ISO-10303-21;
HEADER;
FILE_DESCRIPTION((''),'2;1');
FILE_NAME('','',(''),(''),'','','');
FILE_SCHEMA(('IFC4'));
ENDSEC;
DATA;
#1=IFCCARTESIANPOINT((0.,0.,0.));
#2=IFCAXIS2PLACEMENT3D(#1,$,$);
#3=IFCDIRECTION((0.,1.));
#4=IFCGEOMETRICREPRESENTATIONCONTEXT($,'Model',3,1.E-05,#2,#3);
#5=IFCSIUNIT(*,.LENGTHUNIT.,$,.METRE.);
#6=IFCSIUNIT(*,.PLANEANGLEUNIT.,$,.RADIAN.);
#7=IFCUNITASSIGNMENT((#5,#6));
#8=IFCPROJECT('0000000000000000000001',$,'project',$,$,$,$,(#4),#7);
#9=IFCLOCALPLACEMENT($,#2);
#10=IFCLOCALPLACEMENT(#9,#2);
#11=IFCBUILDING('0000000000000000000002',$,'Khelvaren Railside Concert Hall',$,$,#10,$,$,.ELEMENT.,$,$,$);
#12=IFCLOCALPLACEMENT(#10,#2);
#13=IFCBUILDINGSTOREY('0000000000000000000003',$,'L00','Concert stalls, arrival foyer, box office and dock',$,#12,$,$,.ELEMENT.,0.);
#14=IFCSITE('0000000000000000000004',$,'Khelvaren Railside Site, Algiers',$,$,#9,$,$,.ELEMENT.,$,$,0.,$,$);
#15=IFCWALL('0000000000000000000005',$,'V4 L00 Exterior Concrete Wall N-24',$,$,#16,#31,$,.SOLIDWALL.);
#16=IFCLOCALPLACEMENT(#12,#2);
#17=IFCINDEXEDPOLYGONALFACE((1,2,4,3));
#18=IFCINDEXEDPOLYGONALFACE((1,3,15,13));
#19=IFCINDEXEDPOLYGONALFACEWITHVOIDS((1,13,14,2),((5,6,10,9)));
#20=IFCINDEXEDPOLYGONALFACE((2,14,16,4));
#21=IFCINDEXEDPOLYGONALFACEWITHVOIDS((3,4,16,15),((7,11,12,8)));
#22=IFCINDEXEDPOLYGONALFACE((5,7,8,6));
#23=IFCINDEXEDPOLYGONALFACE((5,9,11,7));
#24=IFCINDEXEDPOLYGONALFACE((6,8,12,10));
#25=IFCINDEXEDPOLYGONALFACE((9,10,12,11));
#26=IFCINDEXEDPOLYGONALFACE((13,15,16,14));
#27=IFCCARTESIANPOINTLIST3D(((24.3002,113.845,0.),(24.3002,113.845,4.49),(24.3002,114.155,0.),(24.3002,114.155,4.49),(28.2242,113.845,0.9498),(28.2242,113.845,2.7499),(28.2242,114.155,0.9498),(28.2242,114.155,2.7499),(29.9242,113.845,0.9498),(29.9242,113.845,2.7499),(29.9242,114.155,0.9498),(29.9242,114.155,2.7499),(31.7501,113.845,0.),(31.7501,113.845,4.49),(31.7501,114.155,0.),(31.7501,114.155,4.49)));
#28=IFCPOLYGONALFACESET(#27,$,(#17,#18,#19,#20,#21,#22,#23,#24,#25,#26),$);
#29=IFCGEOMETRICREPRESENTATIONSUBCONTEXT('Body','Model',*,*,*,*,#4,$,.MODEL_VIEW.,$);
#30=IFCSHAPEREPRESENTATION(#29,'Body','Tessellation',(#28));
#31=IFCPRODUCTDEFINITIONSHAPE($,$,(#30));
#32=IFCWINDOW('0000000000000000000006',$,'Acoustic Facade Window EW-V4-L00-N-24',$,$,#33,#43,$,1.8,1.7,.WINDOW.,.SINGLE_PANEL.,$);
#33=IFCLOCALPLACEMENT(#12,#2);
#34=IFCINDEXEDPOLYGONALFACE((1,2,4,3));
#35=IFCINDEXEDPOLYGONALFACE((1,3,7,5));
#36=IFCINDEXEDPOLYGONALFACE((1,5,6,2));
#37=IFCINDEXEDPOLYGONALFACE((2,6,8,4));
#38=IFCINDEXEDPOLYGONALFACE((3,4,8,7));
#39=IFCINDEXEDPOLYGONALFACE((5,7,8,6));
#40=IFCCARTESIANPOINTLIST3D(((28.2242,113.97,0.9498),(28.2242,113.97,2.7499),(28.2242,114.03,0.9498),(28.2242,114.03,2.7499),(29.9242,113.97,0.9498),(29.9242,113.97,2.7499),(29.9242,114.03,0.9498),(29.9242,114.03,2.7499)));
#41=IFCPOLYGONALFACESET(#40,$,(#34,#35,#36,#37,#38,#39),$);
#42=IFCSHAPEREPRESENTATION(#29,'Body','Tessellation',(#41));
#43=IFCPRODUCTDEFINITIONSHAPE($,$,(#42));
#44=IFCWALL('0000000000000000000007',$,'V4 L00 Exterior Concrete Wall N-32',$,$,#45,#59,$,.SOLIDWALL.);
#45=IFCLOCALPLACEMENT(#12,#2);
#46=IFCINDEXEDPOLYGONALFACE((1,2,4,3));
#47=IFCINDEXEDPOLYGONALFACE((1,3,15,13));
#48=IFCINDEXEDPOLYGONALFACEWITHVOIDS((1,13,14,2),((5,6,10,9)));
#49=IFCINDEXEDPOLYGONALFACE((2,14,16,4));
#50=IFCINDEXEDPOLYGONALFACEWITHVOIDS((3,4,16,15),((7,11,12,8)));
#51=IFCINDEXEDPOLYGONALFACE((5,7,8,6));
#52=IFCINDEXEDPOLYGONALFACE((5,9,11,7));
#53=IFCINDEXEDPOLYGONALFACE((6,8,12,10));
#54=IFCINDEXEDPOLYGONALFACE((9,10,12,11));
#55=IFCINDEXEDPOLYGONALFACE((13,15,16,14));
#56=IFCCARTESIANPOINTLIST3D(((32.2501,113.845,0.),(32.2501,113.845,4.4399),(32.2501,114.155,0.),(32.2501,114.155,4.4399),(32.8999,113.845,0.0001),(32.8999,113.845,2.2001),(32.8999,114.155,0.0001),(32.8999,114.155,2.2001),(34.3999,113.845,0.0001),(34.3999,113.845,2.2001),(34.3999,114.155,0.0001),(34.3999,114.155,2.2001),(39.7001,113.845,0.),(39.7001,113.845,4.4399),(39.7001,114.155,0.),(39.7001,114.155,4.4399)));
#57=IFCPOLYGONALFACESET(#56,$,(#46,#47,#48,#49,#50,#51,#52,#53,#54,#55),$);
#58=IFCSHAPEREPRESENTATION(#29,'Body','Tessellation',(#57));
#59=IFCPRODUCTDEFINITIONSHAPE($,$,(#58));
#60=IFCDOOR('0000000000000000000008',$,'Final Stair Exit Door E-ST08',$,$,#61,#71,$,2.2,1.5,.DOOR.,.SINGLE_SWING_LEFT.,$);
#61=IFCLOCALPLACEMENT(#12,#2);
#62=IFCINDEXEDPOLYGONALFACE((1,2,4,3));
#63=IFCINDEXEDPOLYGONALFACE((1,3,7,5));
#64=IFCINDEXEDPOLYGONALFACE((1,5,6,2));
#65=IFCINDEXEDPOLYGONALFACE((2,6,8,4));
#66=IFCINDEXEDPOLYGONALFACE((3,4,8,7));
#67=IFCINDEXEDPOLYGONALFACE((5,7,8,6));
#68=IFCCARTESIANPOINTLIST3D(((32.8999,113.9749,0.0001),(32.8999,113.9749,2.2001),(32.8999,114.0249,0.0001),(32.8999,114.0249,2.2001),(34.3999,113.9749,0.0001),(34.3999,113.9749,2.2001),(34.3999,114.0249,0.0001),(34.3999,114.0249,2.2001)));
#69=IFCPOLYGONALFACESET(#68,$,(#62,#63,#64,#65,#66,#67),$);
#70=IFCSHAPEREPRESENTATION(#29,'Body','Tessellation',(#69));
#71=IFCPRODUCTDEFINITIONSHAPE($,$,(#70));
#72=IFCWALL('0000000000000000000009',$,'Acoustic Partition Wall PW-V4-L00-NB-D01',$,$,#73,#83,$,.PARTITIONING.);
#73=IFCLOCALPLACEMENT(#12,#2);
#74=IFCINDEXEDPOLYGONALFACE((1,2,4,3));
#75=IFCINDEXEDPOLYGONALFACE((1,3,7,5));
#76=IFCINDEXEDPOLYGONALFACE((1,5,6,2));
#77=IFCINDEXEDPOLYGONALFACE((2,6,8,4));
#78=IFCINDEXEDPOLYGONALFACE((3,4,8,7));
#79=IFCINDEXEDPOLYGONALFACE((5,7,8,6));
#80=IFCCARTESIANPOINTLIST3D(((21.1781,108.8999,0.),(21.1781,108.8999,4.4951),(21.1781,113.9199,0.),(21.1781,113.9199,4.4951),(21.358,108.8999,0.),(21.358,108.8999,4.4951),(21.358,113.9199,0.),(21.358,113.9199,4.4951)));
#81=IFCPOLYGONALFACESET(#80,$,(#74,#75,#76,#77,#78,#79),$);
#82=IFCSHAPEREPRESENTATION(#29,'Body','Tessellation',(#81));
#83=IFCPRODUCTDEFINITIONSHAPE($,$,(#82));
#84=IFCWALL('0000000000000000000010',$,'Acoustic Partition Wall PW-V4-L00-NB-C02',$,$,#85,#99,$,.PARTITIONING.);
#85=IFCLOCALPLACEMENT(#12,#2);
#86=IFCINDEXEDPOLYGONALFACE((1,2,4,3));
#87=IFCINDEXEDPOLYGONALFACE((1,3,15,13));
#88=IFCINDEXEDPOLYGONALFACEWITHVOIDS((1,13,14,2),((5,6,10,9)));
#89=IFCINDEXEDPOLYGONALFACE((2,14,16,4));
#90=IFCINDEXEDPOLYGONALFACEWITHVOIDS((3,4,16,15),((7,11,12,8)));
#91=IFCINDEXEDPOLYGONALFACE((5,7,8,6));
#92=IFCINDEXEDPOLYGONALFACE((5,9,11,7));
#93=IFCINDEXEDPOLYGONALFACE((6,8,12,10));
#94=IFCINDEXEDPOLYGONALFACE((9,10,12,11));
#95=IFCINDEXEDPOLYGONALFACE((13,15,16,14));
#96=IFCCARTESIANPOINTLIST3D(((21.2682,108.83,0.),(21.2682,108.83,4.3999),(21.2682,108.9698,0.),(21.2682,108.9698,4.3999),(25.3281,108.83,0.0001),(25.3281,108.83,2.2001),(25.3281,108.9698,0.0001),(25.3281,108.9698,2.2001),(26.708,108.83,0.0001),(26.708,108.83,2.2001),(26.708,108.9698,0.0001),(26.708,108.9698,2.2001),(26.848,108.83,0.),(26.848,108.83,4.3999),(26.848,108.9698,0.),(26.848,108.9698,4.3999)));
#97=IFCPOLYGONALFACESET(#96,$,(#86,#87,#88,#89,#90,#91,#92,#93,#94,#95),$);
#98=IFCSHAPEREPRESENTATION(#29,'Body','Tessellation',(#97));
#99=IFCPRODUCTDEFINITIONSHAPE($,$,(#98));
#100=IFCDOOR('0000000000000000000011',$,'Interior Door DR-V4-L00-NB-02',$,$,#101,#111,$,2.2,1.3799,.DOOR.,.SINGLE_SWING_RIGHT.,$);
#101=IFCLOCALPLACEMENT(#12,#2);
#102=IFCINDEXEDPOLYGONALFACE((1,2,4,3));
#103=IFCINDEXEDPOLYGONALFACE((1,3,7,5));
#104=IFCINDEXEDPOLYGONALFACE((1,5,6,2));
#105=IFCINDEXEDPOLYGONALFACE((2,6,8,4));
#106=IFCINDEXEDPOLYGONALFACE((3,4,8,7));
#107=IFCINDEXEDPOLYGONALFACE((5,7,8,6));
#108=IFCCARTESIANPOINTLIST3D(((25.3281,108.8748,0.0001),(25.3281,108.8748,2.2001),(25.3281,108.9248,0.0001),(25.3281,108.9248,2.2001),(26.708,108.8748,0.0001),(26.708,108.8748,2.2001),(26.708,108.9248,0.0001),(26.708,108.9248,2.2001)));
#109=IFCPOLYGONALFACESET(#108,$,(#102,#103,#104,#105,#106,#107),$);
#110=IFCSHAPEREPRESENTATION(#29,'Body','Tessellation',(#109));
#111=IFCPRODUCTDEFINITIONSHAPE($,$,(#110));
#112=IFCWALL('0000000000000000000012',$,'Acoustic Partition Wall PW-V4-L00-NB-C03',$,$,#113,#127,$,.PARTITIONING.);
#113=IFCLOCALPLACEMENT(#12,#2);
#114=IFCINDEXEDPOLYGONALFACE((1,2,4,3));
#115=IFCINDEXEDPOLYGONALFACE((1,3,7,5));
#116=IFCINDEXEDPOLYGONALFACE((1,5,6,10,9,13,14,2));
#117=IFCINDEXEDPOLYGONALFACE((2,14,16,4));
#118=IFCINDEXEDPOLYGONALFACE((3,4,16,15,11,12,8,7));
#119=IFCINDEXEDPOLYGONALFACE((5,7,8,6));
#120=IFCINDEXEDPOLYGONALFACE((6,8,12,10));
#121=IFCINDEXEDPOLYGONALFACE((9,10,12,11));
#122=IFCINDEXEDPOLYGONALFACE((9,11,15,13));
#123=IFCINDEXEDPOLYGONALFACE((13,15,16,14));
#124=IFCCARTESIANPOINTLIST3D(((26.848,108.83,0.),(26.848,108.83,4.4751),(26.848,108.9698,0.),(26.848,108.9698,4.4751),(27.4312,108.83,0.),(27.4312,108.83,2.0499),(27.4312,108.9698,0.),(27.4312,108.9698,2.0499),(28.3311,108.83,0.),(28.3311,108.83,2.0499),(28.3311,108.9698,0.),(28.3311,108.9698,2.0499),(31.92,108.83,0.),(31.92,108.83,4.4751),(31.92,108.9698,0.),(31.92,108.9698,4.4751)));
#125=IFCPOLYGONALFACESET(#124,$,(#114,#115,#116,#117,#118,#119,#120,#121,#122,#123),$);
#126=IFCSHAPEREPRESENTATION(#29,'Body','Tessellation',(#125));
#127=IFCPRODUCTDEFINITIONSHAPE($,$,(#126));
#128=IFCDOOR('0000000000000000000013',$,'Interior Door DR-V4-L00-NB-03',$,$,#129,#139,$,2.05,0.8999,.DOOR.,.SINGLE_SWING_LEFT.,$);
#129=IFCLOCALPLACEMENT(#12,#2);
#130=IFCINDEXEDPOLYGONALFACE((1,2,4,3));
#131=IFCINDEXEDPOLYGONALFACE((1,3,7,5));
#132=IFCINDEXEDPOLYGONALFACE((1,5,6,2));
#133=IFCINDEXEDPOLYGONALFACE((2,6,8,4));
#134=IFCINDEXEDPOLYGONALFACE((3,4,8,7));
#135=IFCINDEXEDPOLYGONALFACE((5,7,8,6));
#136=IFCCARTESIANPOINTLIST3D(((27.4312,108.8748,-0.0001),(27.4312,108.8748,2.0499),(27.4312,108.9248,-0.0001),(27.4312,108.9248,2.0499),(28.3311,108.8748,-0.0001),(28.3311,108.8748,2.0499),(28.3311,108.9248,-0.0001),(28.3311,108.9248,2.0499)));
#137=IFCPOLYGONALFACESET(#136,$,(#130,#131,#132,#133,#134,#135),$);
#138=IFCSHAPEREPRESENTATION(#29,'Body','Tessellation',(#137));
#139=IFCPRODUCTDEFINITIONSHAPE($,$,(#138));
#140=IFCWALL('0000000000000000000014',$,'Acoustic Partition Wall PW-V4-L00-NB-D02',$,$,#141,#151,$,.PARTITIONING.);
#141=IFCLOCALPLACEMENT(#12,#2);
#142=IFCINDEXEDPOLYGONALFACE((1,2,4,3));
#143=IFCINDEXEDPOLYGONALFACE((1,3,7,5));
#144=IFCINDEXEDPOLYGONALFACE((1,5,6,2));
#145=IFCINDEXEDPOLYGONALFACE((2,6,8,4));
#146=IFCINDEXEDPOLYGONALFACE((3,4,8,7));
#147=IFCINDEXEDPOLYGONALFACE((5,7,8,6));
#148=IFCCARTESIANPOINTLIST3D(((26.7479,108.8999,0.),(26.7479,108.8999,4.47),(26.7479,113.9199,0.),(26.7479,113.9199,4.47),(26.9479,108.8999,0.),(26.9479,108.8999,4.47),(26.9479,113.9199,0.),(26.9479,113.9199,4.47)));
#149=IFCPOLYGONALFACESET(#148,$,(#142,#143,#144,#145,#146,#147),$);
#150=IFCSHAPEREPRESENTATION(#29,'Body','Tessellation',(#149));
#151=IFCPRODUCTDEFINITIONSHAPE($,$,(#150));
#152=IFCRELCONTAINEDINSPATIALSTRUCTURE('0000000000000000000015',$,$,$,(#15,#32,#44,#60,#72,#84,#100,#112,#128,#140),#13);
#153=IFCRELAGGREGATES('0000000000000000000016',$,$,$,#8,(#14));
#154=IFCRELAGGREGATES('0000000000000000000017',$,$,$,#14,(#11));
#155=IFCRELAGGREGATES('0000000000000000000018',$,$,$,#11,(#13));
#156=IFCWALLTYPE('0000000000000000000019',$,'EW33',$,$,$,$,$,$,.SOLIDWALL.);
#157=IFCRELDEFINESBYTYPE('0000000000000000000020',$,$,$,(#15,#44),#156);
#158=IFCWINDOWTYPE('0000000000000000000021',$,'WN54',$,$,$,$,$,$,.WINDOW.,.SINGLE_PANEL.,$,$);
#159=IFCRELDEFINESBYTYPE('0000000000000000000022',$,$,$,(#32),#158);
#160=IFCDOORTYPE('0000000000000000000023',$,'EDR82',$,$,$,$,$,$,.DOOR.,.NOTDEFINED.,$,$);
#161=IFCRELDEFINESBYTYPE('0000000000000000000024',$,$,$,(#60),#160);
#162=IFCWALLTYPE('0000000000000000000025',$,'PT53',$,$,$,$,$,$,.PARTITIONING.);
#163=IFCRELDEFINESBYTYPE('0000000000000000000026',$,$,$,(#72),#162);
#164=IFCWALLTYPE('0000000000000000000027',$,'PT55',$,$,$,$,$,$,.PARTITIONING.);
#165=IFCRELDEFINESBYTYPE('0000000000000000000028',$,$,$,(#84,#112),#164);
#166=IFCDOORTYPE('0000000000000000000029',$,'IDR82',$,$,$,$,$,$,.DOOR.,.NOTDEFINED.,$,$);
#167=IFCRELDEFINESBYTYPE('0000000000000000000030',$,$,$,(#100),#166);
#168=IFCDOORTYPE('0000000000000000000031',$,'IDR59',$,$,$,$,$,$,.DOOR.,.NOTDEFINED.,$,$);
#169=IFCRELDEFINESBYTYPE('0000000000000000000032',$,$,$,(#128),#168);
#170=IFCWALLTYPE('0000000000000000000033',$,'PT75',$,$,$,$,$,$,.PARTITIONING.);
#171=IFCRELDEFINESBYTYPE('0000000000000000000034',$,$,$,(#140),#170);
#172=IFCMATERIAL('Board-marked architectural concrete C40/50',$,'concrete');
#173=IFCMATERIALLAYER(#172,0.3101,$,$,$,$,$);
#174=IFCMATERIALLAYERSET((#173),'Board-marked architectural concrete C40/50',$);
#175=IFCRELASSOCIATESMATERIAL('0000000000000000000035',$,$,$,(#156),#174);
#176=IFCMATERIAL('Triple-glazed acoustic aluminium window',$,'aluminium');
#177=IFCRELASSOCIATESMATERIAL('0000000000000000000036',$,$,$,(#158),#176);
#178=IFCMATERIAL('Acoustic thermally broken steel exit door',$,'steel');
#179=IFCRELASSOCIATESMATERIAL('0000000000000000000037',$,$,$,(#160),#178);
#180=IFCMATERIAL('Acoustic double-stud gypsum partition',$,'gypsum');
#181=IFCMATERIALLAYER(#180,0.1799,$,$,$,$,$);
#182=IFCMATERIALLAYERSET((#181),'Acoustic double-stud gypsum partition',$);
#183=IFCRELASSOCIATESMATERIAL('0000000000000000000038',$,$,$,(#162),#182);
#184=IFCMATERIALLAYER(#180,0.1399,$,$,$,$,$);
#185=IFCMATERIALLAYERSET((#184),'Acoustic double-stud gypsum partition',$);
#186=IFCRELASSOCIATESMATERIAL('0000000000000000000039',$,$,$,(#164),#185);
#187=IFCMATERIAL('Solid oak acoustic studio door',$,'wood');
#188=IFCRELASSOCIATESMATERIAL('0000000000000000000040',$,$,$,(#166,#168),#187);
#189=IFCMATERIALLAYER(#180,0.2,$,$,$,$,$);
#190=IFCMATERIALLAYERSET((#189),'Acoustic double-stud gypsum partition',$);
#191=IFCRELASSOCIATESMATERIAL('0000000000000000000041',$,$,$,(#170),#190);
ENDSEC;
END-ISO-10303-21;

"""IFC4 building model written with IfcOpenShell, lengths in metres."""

from ifc_helpers import new_model, si_unit, direction, frame, frame_2d, origin, place, context, subcontext, project, spatial, rectangle, extrude, material, layer, layer_set, type_object, element, fill, save


model = new_model("IFC4")

# Units and contexts
model_context = context("Model", 3, precision=1e-05, world=origin(), true_north=direction((0.0, 1.0)))
body_context = subcontext(model_context, "Body", "Model", "MODEL_VIEW")
ifc_project = project(units=[si_unit("LENGTHUNIT", "METRE"), si_unit("PLANEANGLEUNIT", "RADIAN")], contexts=[model_context])

# Site, building, storey
site_placement = place(None, origin())
site = spatial("IfcSite", under=ifc_project, at=site_placement, Name="Khelvaren Railside Site, Algiers", CompositionType="ELEMENT", RefElevation=0.0)
building_placement = place(site_placement, origin())
building = spatial("IfcBuilding", under=site, at=building_placement, Name="Khelvaren Railside Concert Hall", CompositionType="ELEMENT")
storey_placement = place(building_placement, origin())
storey = spatial("IfcBuildingStorey", under=building, at=storey_placement, Name="L00", Description="Concert stalls, arrival foyer, box office and dock", CompositionType="ELEMENT", Elevation=0.0)

# Wall, opening, window
ifc_material_1 = material(Name="Board-marked architectural concrete C40/50", Category="concrete")
ifc_layer_1 = layer(ifc_material_1, 0.3101)
ifc_layer_set_1 = layer_set([ifc_layer_1], Name="Board-marked architectural concrete C40/50")
wall_type_1 = type_object("IfcWallType", Name="EW33", PredefinedType="SOLIDWALL", material=ifc_layer_set_1)
wall_1_placement = place(storey_placement, frame((24.3, 114.0, 0.0), z_axis=(0.0, 0.0, 1.0), x_axis=(1.0, 0.0, 0.0)))
wall_1 = element("IfcWall", 1, at=wall_1_placement, inside=storey, type_object=wall_type_1, Name="V4 L00 Exterior Concrete Wall N-24", PredefinedType="SOLIDWALL", context=body_context, shape_type="SweptSolid", body=[
    extrude(rectangle(XDim=7.45, YDim=0.3101, at=frame_2d((3.7251, 0.0))), origin(), (0.0, 0.0, 1.0), 4.49),
])
opening_1_placement = place(wall_1_placement, frame((3.9241, 0.0, 0.95)))
opening_1 = element("IfcOpeningElement", 2, at=opening_1_placement, cuts=wall_1, PredefinedType="OPENING", context=body_context, shape_type="SweptSolid", body=[
    extrude(rectangle(XDim=1.7, YDim=1.8, at=frame_2d((0.8501, 0.8999))), frame((0.0, 0.165, 0.0), z_axis=(0.0, -1.0, 0.0), x_axis=(1.0, 0.0, 0.0)), (0.0, 0.0, 1.0), 0.3301),
])
ifc_material_2 = material(Name="Triple-glazed acoustic aluminium window", Category="aluminium")
window_type = type_object("IfcWindowType", Name="WN54", PartitioningType="SINGLE_PANEL", PredefinedType="WINDOW", material=ifc_material_2)
window_placement = place(opening_1_placement, origin())
window = element("IfcWindow", 3, at=window_placement, inside=storey, type_object=window_type, Name="Acoustic Facade Window EW-V4-L00-N-24", OverallHeight=1.8, OverallWidth=1.7, PartitioningType="SINGLE_PANEL", PredefinedType="WINDOW", context=body_context, shape_type="SweptSolid", body=[
    extrude(rectangle(XDim=1.7, YDim=1.8, at=frame_2d((0.8501, 0.8999))), frame((0.0, 0.03, 0.0), z_axis=(0.0, -1.0, 0.0), x_axis=(1.0, 0.0, 0.0)), (0.0, 0.0, 1.0), 0.0601),
])
fill(opening_1, window)

# Wall, opening, door
wall_2_placement = place(storey_placement, frame((32.25, 114.0, 0.0), z_axis=(0.0, 0.0, 1.0), x_axis=(1.0, 0.0, 0.0)))
wall_2 = element("IfcWall", 4, at=wall_2_placement, inside=storey, type_object=wall_type_1, Name="V4 L00 Exterior Concrete Wall N-32", PredefinedType="SOLIDWALL", context=body_context, shape_type="SweptSolid", body=[
    extrude(rectangle(XDim=7.45, YDim=0.3101, at=frame_2d((3.7251, 0.0))), origin(), (0.0, 0.0, 1.0), 4.4399),
])
opening_2_placement = place(wall_2_placement, frame((0.6499, 0.0, 0.0)))
opening_2 = element("IfcOpeningElement", 5, at=opening_2_placement, cuts=wall_2, PredefinedType="OPENING", context=body_context, shape_type="SweptSolid", body=[
    extrude(rectangle(XDim=1.5, YDim=2.2, at=frame_2d((0.75, 1.1001))), frame((0.0, 0.165, 0.0), z_axis=(0.0, -1.0, 0.0), x_axis=(1.0, 0.0, 0.0)), (0.0, 0.0, 1.0), 0.3301),
])
ifc_material_3 = material(Name="Acoustic thermally broken steel exit door", Category="steel")
door_type_1 = type_object("IfcDoorType", Name="EDR82", OperationType="NOTDEFINED", PredefinedType="DOOR", material=ifc_material_3)
door_1_placement = place(opening_2_placement, origin())
door_1 = element("IfcDoor", 6, at=door_1_placement, inside=storey, type_object=door_type_1, Name="Final Stair Exit Door E-ST08", OperationType="SINGLE_SWING_LEFT", OverallHeight=2.2, OverallWidth=1.5, PredefinedType="DOOR", context=body_context, shape_type="SweptSolid", body=[
    extrude(rectangle(XDim=1.5, YDim=2.2, at=frame_2d((0.75, 1.1001))), frame((0.0, 0.0249, 0.0), z_axis=(0.0, -1.0, 0.0), x_axis=(1.0, 0.0, 0.0)), (0.0, 0.0, 1.0), 0.05),
])
fill(opening_2, door_1)

# Wall
ifc_material_4 = material(Name="Acoustic double-stud gypsum partition", Category="gypsum")
ifc_layer_2 = layer(ifc_material_4, 0.1799)
ifc_layer_set_2 = layer_set([ifc_layer_2], Name="Acoustic double-stud gypsum partition")
wall_type_2 = type_object("IfcWallType", Name="PT53", PredefinedType="PARTITIONING", material=ifc_layer_set_2)
wall_3_placement = place(storey_placement, frame((21.2681, 108.8999, 0.0), z_axis=(0.0, 0.0, 1.0), x_axis=(0.0, 1.0, 0.0)))
element("IfcWall", 7, at=wall_3_placement, inside=storey, type_object=wall_type_2, Name="Acoustic Partition Wall PW-V4-L00-NB-D01", PredefinedType="PARTITIONING", context=body_context, shape_type="SweptSolid", body=[
    extrude(rectangle(XDim=5.02, YDim=0.1799, at=frame_2d((2.51, 0.0))), origin(), (0.0, 0.0, 1.0), 4.4951),
])

# Walls, openings, doors
ifc_layer_3 = layer(ifc_material_4, 0.1399)
ifc_layer_set_3 = layer_set([ifc_layer_3], Name="Acoustic double-stud gypsum partition")
wall_type_3 = type_object("IfcWallType", Name="PT55", PredefinedType="PARTITIONING", material=ifc_layer_set_3)
wall_4_placement = place(storey_placement, frame((21.2681, 108.8999, 0.0), z_axis=(0.0, 0.0, 1.0), x_axis=(1.0, 0.0, 0.0)))
wall_4 = element("IfcWall", 8, at=wall_4_placement, inside=storey, type_object=wall_type_3, Name="Acoustic Partition Wall PW-V4-L00-NB-C02", PredefinedType="PARTITIONING", context=body_context, shape_type="SweptSolid", body=[
    extrude(rectangle(XDim=5.5798, YDim=0.1399, at=frame_2d((2.79, 0.0))), origin(), (0.0, 0.0, 1.0), 4.3999),
])
opening_3_placement = place(wall_4_placement, frame((4.0601, 0.0, 0.0)))
opening_3 = element("IfcOpeningElement", 9, at=opening_3_placement, cuts=wall_4, PredefinedType="OPENING", context=body_context, shape_type="SweptSolid", body=[
    extrude(rectangle(XDim=1.3799, YDim=2.2, at=frame_2d((0.6899, 1.1001))), frame((0.0, 0.0798, 0.0), z_axis=(0.0, -1.0, 0.0), x_axis=(1.0, 0.0, 0.0)), (0.0, 0.0, 1.0), 0.1599),
])
ifc_material_5 = material(Name="Solid oak acoustic studio door", Category="wood")
door_type_2 = type_object("IfcDoorType", Name="IDR82", OperationType="NOTDEFINED", PredefinedType="DOOR", material=ifc_material_5)
door_2_placement = place(opening_3_placement, origin())
door_2 = element("IfcDoor", 10, at=door_2_placement, inside=storey, type_object=door_type_2, Name="Interior Door DR-V4-L00-NB-02", OperationType="SINGLE_SWING_RIGHT", OverallHeight=2.2, OverallWidth=1.3799, PredefinedType="DOOR", context=body_context, shape_type="SweptSolid", body=[
    extrude(rectangle(XDim=1.3799, YDim=2.2, at=frame_2d((0.6899, 1.1001))), frame((0.0, 0.0249, 0.0), z_axis=(0.0, -1.0, 0.0), x_axis=(1.0, 0.0, 0.0)), (0.0, 0.0, 1.0), 0.05),
])
fill(opening_3, door_2)
wall_5_placement = place(storey_placement, frame((26.8479, 108.8999, 0.0), z_axis=(0.0, 0.0, 1.0), x_axis=(1.0, 0.0, 0.0)))
wall_5 = element("IfcWall", 11, at=wall_5_placement, inside=storey, type_object=wall_type_3, Name="Acoustic Partition Wall PW-V4-L00-NB-C03", PredefinedType="PARTITIONING", context=body_context, shape_type="SweptSolid", body=[
    extrude(rectangle(XDim=5.072, YDim=0.1399, at=frame_2d((2.5361, 0.0))), origin(), (0.0, 0.0, 1.0), 4.4751),
])
opening_4_placement = place(wall_5_placement, frame((0.5833, 0.0, 0.0)))
opening_4 = element("IfcOpeningElement", 12, at=opening_4_placement, cuts=wall_5, PredefinedType="OPENING", context=body_context, shape_type="SweptSolid", body=[
    extrude(rectangle(XDim=0.8999, YDim=2.05, at=frame_2d((0.45, 1.0249))), frame((0.0, 0.0798, 0.0), z_axis=(0.0, -1.0, 0.0), x_axis=(1.0, 0.0, 0.0)), (0.0, 0.0, 1.0), 0.1599),
])
door_type_3 = type_object("IfcDoorType", Name="IDR59", OperationType="NOTDEFINED", PredefinedType="DOOR", material=ifc_material_5)
door_3_placement = place(opening_4_placement, origin())
door_3 = element("IfcDoor", 13, at=door_3_placement, inside=storey, type_object=door_type_3, Name="Interior Door DR-V4-L00-NB-03", OperationType="SINGLE_SWING_LEFT", OverallHeight=2.05, OverallWidth=0.8999, PredefinedType="DOOR", context=body_context, shape_type="SweptSolid", body=[
    extrude(rectangle(XDim=0.8999, YDim=2.05, at=frame_2d((0.45, 1.0249))), frame((0.0, 0.0249, 0.0), z_axis=(0.0, -1.0, 0.0), x_axis=(1.0, 0.0, 0.0)), (0.0, 0.0, 1.0), 0.05),
])
fill(opening_4, door_3)

# Wall
ifc_layer_4 = layer(ifc_material_4, 0.2)
ifc_layer_set_4 = layer_set([ifc_layer_4], Name="Acoustic double-stud gypsum partition")
wall_type_4 = type_object("IfcWallType", Name="PT75", PredefinedType="PARTITIONING", material=ifc_layer_set_4)
wall_6_placement = place(storey_placement, frame((26.8479, 108.8999, 0.0), z_axis=(0.0, 0.0, 1.0), x_axis=(0.0, 1.0, 0.0)))
element("IfcWall", 14, at=wall_6_placement, inside=storey, type_object=wall_type_4, Name="Acoustic Partition Wall PW-V4-L00-NB-D02", PredefinedType="PARTITIONING", context=body_context, shape_type="SweptSolid", body=[
    extrude(rectangle(XDim=5.02, YDim=0.2, at=frame_2d((2.51, 0.0))), origin(), (0.0, 0.0, 1.0), 4.47),
])

save(model, "model.ifc")
